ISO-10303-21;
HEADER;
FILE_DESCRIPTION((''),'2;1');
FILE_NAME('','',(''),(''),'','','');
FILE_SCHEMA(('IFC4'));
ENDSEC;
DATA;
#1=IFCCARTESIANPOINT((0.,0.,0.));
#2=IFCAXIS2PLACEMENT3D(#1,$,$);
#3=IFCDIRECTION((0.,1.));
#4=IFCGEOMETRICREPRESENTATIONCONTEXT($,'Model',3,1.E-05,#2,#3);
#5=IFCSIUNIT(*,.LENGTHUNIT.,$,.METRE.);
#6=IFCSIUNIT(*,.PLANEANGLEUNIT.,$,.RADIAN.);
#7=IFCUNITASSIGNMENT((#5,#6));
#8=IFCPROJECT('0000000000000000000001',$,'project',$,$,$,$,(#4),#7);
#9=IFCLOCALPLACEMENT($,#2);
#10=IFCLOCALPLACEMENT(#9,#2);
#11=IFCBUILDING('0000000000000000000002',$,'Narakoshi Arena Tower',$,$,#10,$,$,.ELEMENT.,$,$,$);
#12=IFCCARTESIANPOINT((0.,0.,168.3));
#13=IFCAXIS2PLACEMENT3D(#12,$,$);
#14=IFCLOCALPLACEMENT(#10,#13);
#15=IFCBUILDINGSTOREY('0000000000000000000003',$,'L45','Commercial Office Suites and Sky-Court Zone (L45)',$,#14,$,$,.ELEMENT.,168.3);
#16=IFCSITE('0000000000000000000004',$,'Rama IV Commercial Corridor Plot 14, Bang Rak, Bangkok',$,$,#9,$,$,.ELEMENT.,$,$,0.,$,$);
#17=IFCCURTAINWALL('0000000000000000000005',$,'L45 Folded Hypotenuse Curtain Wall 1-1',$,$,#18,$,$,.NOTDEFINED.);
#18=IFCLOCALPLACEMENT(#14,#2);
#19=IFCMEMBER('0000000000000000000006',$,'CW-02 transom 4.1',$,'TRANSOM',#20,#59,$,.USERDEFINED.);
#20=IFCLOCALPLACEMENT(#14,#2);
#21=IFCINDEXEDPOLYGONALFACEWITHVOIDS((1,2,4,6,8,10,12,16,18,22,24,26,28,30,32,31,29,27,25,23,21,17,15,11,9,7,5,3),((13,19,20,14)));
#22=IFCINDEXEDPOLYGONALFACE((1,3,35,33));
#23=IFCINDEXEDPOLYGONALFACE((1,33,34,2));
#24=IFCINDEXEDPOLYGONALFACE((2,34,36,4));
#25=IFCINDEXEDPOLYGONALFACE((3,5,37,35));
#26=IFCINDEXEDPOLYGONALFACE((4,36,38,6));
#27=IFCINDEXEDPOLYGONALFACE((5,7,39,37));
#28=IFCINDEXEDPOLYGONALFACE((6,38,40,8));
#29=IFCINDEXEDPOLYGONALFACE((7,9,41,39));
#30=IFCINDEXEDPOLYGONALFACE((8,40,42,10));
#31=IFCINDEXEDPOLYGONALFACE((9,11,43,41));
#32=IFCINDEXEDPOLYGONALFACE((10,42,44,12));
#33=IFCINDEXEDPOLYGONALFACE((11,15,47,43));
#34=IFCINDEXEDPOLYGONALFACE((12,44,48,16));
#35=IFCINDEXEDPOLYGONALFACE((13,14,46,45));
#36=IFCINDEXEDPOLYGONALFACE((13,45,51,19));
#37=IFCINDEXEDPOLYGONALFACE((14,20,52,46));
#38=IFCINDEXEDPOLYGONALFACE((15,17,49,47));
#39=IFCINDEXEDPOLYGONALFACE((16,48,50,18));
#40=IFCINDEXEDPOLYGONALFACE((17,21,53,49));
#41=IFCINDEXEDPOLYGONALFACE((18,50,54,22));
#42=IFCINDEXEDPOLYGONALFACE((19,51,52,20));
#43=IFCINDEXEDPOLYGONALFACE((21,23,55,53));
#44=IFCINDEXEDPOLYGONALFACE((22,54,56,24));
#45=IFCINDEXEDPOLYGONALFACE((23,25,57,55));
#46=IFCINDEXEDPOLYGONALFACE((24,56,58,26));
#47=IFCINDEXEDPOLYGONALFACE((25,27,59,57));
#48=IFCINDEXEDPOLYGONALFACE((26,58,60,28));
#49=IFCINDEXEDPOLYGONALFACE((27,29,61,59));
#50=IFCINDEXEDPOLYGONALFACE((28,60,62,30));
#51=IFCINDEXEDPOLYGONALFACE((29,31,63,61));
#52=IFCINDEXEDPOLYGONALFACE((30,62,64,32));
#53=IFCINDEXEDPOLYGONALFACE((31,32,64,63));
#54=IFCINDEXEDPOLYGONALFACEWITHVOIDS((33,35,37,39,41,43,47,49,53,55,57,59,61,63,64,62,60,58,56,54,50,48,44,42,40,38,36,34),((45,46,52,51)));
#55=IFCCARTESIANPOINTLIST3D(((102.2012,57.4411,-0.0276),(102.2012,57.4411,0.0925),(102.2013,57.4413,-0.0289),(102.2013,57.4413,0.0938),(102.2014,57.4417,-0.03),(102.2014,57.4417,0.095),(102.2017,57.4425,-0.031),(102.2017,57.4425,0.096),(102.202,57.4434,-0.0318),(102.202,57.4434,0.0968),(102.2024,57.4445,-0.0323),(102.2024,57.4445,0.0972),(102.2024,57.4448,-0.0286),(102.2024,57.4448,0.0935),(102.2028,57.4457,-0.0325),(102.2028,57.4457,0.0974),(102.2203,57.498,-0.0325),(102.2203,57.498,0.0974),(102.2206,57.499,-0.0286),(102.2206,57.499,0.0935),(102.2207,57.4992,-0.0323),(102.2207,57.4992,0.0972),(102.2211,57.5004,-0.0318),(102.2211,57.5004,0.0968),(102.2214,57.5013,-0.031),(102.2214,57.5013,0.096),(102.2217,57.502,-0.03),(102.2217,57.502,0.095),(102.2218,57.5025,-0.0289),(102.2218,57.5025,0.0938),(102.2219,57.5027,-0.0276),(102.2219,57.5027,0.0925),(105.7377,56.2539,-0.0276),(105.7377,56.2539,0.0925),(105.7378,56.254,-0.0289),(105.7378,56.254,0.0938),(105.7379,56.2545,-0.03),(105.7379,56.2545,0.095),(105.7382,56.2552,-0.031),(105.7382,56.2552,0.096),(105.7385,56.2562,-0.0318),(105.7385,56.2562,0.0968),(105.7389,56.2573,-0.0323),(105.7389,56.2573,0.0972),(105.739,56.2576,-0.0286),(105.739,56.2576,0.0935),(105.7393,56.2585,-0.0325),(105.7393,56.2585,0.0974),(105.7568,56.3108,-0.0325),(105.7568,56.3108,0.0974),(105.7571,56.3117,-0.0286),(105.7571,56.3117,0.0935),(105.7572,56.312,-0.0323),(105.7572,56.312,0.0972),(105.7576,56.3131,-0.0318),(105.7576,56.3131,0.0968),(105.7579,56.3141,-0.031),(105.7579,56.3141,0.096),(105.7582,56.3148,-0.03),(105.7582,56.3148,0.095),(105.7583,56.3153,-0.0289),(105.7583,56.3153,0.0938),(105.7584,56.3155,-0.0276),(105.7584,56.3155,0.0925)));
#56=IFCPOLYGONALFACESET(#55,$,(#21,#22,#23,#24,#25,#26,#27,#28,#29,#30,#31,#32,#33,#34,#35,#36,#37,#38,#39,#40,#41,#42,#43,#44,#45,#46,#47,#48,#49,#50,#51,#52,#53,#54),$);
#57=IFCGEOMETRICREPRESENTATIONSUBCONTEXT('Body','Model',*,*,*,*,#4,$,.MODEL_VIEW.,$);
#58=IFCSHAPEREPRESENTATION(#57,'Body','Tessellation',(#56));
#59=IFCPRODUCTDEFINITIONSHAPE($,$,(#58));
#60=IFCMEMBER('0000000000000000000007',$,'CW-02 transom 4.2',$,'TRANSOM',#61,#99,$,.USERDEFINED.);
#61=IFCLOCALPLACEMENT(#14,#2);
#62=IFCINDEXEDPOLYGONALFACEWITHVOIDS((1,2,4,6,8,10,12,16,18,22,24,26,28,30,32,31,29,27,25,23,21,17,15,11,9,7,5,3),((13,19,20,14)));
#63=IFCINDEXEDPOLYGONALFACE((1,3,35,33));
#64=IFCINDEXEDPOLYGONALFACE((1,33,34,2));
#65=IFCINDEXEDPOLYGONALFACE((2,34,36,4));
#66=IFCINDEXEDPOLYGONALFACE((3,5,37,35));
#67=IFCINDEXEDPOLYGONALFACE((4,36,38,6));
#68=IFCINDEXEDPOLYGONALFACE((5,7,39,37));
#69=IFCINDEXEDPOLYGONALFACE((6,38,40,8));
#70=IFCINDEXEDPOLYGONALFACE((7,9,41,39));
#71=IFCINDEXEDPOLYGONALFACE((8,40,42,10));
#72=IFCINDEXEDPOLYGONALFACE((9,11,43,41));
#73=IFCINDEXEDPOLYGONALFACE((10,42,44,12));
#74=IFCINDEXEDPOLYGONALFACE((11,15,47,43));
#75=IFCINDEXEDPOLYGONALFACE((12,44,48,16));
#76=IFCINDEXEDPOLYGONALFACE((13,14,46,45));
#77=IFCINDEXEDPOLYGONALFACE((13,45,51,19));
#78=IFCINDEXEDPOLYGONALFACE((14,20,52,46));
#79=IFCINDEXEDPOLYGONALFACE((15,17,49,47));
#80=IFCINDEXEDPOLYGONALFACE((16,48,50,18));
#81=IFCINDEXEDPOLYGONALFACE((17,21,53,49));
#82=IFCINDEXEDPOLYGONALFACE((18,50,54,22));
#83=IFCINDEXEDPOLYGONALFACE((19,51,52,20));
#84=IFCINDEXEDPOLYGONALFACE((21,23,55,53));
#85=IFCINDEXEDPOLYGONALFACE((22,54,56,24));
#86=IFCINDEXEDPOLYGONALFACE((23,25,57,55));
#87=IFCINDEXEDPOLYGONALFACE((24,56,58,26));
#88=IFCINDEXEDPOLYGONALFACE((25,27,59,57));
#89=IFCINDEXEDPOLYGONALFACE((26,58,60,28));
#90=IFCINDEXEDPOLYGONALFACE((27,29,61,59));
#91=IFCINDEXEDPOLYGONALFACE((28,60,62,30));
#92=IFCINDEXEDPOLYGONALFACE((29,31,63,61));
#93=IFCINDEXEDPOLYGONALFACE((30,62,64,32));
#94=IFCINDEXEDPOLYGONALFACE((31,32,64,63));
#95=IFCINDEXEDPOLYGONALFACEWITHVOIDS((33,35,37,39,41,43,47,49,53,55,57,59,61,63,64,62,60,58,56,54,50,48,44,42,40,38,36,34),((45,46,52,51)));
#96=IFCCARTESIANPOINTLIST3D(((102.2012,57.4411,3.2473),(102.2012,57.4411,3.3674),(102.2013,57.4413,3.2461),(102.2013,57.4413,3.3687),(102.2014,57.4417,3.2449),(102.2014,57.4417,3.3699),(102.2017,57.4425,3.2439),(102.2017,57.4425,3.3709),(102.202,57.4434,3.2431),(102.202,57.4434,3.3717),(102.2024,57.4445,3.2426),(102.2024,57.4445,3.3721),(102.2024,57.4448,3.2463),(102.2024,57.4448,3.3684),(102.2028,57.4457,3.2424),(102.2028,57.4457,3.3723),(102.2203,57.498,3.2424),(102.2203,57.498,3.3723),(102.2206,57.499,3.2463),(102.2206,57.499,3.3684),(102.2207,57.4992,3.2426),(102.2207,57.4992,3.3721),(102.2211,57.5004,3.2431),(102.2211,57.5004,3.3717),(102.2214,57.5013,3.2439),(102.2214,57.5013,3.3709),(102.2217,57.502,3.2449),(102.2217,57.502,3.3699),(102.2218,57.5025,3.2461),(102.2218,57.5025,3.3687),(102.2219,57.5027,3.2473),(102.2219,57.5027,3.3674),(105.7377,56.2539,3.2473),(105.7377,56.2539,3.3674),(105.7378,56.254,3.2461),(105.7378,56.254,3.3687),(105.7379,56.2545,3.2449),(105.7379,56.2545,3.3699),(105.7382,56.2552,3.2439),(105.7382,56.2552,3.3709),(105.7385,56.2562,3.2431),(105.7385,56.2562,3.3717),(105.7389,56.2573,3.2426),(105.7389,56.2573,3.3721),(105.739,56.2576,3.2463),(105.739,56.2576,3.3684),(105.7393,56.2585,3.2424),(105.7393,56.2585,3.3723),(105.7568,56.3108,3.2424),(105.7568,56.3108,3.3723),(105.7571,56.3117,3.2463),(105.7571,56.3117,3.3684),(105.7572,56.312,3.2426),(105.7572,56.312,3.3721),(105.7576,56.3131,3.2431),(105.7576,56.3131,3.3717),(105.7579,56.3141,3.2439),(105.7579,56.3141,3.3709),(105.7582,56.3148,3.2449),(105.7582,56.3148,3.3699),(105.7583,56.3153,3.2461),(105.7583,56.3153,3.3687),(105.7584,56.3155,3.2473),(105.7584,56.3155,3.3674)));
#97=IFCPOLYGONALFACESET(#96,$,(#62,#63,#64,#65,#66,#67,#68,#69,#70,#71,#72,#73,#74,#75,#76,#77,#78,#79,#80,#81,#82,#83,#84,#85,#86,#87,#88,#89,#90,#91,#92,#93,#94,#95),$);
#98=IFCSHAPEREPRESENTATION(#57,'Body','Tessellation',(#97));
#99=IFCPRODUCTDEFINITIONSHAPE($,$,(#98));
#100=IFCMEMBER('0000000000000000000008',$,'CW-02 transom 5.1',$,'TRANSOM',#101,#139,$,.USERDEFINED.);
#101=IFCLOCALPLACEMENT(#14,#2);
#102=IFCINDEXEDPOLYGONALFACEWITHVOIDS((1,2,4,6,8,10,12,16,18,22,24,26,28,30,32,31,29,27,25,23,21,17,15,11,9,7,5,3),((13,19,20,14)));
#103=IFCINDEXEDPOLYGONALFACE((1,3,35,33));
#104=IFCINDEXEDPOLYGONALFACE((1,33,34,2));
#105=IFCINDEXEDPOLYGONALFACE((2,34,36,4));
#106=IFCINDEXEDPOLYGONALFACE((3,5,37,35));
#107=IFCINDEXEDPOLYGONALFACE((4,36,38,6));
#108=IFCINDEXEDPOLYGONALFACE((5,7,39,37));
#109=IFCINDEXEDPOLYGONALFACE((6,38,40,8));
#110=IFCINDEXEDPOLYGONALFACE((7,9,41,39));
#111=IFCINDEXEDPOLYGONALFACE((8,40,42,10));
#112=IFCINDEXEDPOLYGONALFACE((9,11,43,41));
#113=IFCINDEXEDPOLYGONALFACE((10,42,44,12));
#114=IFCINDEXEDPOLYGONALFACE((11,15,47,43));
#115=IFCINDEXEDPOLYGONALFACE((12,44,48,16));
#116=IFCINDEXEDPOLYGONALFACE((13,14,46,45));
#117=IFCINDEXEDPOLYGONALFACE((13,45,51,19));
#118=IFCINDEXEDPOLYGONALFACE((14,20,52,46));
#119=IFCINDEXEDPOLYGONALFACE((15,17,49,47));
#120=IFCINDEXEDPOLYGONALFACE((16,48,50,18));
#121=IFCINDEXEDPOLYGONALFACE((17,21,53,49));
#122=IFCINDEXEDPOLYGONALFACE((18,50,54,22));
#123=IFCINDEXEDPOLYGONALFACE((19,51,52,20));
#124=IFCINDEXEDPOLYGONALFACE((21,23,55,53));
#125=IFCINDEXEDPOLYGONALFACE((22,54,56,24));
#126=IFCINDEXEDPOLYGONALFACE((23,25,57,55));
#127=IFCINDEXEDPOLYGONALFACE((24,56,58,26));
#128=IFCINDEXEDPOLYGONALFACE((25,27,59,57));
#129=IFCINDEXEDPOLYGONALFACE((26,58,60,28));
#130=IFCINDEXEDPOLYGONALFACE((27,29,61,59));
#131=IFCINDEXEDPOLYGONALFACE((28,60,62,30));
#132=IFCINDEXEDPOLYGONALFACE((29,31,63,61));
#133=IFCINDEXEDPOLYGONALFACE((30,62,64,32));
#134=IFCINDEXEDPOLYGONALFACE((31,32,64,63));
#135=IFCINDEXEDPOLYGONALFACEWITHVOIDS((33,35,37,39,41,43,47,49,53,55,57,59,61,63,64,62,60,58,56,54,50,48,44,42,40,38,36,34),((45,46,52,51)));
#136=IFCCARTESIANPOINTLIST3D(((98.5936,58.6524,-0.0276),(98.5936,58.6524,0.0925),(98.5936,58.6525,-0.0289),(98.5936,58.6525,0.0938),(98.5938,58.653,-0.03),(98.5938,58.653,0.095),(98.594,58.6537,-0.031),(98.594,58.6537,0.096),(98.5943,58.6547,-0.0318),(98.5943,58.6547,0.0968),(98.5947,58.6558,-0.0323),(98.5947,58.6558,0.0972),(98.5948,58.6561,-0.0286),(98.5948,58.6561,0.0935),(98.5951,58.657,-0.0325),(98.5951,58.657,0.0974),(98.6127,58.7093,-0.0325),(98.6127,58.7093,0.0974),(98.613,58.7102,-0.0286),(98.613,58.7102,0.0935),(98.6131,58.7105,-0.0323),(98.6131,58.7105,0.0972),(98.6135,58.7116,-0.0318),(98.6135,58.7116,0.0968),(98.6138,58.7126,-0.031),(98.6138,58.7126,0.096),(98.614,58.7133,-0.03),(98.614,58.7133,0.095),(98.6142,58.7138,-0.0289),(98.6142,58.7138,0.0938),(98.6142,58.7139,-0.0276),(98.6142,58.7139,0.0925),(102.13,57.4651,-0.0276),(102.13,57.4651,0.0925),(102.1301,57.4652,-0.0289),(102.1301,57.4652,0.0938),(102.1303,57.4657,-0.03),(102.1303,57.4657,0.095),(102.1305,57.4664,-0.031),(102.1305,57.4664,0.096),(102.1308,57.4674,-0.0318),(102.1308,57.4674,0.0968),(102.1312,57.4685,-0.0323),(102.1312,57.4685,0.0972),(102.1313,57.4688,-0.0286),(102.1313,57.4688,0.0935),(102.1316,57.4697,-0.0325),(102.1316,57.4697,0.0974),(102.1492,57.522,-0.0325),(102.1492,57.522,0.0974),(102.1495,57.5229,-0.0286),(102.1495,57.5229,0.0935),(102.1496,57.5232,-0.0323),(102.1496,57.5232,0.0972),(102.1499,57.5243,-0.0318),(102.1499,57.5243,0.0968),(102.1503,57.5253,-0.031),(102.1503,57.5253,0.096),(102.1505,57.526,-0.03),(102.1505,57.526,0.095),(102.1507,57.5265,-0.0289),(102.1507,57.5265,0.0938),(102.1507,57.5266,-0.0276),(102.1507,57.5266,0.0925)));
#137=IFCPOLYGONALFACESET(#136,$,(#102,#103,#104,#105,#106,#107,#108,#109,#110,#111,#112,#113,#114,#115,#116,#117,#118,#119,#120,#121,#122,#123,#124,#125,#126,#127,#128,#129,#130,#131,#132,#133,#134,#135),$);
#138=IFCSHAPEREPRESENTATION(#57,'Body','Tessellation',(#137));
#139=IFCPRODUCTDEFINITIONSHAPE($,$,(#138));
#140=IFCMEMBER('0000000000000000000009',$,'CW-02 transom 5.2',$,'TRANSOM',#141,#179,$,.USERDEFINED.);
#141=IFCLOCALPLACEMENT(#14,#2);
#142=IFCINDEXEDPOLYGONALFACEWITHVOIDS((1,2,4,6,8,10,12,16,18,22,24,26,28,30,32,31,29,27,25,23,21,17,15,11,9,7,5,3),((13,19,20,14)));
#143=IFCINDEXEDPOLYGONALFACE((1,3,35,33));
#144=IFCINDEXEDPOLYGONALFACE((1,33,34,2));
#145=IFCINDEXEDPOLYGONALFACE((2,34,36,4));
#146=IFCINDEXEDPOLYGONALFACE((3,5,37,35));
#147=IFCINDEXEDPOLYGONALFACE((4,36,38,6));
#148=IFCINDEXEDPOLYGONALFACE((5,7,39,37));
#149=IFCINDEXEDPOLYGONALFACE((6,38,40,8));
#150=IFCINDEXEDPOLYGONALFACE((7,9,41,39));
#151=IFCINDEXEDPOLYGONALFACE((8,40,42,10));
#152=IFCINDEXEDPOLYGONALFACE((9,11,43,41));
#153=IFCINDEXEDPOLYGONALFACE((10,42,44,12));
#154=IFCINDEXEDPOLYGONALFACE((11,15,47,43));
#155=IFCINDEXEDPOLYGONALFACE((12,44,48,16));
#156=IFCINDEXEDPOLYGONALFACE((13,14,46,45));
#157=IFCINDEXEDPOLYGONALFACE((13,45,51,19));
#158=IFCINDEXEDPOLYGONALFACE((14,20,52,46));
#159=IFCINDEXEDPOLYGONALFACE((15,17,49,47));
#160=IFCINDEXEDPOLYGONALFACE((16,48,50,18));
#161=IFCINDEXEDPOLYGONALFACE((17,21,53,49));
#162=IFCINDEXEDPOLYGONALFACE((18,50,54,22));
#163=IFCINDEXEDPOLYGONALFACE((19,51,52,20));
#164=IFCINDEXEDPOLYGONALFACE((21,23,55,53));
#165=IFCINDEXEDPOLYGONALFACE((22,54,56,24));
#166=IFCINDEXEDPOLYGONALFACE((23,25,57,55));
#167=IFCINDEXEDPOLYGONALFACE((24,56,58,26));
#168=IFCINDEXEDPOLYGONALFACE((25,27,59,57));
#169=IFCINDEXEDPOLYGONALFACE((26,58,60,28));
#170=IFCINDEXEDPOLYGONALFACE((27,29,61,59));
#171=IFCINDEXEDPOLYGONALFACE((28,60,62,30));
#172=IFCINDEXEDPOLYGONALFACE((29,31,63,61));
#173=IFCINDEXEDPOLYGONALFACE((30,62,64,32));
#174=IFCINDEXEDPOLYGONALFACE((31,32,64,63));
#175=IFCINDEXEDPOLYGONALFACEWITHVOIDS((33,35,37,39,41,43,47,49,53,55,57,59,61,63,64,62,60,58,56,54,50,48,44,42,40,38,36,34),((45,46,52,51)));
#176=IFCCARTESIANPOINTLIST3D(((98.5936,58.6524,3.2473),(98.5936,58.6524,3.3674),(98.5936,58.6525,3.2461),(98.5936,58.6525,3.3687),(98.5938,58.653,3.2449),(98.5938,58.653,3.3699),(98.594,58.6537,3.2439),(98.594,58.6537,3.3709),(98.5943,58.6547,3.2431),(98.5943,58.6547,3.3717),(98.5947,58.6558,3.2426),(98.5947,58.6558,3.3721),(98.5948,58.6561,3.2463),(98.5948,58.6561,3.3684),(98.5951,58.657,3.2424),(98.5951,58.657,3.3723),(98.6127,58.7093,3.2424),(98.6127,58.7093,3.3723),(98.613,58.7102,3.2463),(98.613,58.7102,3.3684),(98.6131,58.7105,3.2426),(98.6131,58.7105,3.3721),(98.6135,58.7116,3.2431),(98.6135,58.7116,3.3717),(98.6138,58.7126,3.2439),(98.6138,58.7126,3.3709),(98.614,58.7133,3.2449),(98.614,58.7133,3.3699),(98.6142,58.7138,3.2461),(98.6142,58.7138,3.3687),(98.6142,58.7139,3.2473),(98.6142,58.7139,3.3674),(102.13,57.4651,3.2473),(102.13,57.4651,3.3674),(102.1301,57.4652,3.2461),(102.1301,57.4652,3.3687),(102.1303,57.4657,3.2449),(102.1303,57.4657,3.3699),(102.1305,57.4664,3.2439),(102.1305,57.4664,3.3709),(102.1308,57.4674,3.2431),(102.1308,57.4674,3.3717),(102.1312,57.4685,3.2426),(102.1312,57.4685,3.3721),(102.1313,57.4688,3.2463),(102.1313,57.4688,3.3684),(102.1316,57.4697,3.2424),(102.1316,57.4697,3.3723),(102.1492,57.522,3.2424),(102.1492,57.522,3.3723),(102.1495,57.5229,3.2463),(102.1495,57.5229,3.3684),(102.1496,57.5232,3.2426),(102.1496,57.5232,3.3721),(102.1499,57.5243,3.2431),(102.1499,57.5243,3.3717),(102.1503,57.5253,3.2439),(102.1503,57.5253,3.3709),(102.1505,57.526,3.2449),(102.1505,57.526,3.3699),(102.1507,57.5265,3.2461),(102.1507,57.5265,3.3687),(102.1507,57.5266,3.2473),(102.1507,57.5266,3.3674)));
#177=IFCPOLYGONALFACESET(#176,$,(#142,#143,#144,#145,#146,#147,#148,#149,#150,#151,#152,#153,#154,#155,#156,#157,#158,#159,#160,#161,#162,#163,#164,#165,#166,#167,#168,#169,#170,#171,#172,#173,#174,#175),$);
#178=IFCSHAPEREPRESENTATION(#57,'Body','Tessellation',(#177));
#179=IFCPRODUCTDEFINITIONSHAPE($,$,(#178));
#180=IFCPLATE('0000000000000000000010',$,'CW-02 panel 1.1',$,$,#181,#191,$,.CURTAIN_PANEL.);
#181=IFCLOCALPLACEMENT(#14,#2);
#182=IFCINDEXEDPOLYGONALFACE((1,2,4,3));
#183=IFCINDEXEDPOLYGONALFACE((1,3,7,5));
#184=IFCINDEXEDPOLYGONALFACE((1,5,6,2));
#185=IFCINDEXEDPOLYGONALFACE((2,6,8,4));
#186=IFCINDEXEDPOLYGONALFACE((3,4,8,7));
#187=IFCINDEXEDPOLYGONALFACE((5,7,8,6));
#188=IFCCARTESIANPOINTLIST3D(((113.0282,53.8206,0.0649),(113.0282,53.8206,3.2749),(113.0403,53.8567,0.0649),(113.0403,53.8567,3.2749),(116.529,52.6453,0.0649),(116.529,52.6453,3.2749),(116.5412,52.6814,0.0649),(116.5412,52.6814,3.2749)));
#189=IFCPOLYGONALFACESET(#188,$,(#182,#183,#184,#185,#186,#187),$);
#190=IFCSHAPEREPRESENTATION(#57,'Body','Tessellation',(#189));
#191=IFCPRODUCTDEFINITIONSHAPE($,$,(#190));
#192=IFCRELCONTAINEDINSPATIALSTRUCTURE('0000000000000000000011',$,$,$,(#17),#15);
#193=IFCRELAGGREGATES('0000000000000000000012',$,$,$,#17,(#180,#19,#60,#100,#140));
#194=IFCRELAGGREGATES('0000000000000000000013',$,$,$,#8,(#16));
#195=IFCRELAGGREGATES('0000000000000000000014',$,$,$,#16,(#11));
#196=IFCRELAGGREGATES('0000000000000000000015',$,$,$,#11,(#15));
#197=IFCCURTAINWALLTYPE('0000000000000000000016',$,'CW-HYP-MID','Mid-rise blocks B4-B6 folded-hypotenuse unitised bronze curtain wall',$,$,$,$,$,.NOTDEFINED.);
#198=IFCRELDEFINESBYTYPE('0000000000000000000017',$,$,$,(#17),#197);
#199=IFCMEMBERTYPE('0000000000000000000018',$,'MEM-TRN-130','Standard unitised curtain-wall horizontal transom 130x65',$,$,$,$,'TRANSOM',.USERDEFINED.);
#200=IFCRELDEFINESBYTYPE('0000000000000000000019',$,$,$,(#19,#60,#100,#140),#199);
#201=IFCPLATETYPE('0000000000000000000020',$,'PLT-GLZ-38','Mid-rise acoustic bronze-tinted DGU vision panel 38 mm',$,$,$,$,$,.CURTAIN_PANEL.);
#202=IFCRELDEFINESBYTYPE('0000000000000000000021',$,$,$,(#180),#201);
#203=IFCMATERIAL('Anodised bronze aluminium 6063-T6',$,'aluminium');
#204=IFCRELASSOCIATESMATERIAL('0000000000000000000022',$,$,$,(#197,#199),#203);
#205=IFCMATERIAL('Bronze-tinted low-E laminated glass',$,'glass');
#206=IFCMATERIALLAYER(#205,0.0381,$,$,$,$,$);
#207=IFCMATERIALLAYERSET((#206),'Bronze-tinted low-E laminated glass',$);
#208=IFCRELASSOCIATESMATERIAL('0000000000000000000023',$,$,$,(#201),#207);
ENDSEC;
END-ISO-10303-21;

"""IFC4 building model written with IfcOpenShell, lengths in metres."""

from ifc_helpers import new_model, si_unit, direction, frame, origin, origin_2d, place, context, subcontext, project, spatial, rectangle, hollow_rectangle, extrude, material, layer, layer_set, material_profile, profile_set, type_object, element, aggregate, save


model = new_model("IFC4")

# Units and contexts
model_context = context("Model", 3, precision=1e-05, world=origin(), true_north=direction((0.0, 1.0)))
body_context = subcontext(model_context, "Body", "Model", "MODEL_VIEW")
ifc_project = project(units=[si_unit("LENGTHUNIT", "METRE"), si_unit("PLANEANGLEUNIT", "RADIAN")], contexts=[model_context])

# Site, building, storey
site_placement = place(None, origin())
site = spatial("IfcSite", under=ifc_project, at=site_placement, Name="Rama IV Commercial Corridor Plot 14, Bang Rak, Bangkok", CompositionType="ELEMENT", RefElevation=0.0)
building_placement = place(site_placement, origin())
building = spatial("IfcBuilding", under=site, at=building_placement, Name="Narakoshi Arena Tower", CompositionType="ELEMENT")
storey_placement = place(building_placement, frame((0.0, 0.0, 168.3)))
storey = spatial("IfcBuildingStorey", under=building, at=storey_placement, Name="L45", Description="Commercial Office Suites and Sky-Court Zone (L45)", CompositionType="ELEMENT", Elevation=168.3)

# Curtain wall, members, plate
ifc_material_1 = material(Name="Anodised bronze aluminium 6063-T6", Category="aluminium")
curtain_wall_type = type_object("IfcCurtainWallType", Name="CW-HYP-MID", Description="Mid-rise blocks B4-B6 folded-hypotenuse unitised bronze curtain wall", PredefinedType="NOTDEFINED", material=ifc_material_1)
curtain_wall_placement = place(storey_placement, origin())
curtain_wall = element("IfcCurtainWall", 1, at=curtain_wall_placement, inside=storey, type_object=curtain_wall_type, Name="L45 Folded Hypotenuse Curtain Wall 1-1", PredefinedType="NOTDEFINED")
ifc_material_profile_1 = material_profile(ifc_material_1, hollow_rectangle(XDim=0.0649, YDim=0.1299, WallThickness=0.0039, OuterFilletRadius=0.0049, at=origin_2d()), Name="TRN130x65x4")
ifc_profile_set_1 = profile_set([ifc_material_profile_1], Name="Anodised bronze aluminium 6063-T6")
member_type_1 = type_object("IfcMemberType", Name="MEM-TRN-130", Description="Standard unitised curtain-wall horizontal transom 130x65", ElementType="TRANSOM", PredefinedType="USERDEFINED", material=ifc_profile_set_1)
member_1_placement = place(storey_placement, frame((105.748, 56.2847, 0.0325), z_axis=(-0.948007, 0.318249, 0.0), x_axis=(-0.318249, -0.948007, 0.0)))
member_1 = element("IfcMember", 2, at=member_1_placement, type_object=member_type_1, Name="CW-02 transom 4.1", ObjectType="TRANSOM", PredefinedType="USERDEFINED", context=body_context, shape_type="SweptSolid", body=[
    extrude(hollow_rectangle(XDim=0.0649, YDim=0.1299, WallThickness=0.0039, OuterFilletRadius=0.0049, at=origin_2d()), origin(), (0.0, 0.0, 1.0), 3.7305),
])
member_2_placement = place(storey_placement, frame((105.748, 56.2847, 3.3074), z_axis=(-0.948007, 0.318249, 0.0), x_axis=(-0.318249, -0.948007, 0.0)))
member_2 = element("IfcMember", 3, at=member_2_placement, type_object=member_type_1, Name="CW-02 transom 4.2", ObjectType="TRANSOM", PredefinedType="USERDEFINED", context=body_context, shape_type="SweptSolid", body=[
    extrude(hollow_rectangle(XDim=0.0649, YDim=0.1299, WallThickness=0.0039, OuterFilletRadius=0.0049, at=origin_2d()), origin(), (0.0, 0.0, 1.0), 3.7305),
])
member_3_placement = place(storey_placement, frame((102.1404, 57.4958, 0.0325), z_axis=(-0.948, 0.318269, 0.0), x_axis=(-0.318269, -0.948, 0.0)))
member_3 = element("IfcMember", 4, at=member_3_placement, type_object=member_type_1, Name="CW-02 transom 5.1", ObjectType="TRANSOM", PredefinedType="USERDEFINED", context=body_context, shape_type="SweptSolid", body=[
    extrude(hollow_rectangle(XDim=0.0649, YDim=0.1299, WallThickness=0.0039, OuterFilletRadius=0.0049, at=origin_2d()), origin(), (0.0, 0.0, 1.0), 3.7305),
])
member_4_placement = place(storey_placement, frame((102.1404, 57.4958, 3.3074), z_axis=(-0.948, 0.318269, 0.0), x_axis=(-0.318269, -0.948, 0.0)))
member_4 = element("IfcMember", 5, at=member_4_placement, type_object=member_type_1, Name="CW-02 transom 5.2", ObjectType="TRANSOM", PredefinedType="USERDEFINED", context=body_context, shape_type="SweptSolid", body=[
    extrude(hollow_rectangle(XDim=0.0649, YDim=0.1299, WallThickness=0.0039, OuterFilletRadius=0.0049, at=origin_2d()), origin(), (0.0, 0.0, 1.0), 3.7305),
])
ifc_material_2 = material(Name="Bronze-tinted low-E laminated glass", Category="glass")
ifc_layer_1 = layer(ifc_material_2, 0.0381)
ifc_layer_set_1 = layer_set([ifc_layer_1], Name="Bronze-tinted low-E laminated glass")
plate_type = type_object("IfcPlateType", Name="PLT-GLZ-38", Description="Mid-rise acoustic bronze-tinted DGU vision panel 38 mm", PredefinedType="CURTAIN_PANEL", material=ifc_layer_set_1)
plate_1_placement = place(storey_placement, frame((114.7847, 53.251, 0.0649), z_axis=(0.0, 0.0, 1.0), x_axis=(-0.948003, 0.318261, 0.0)))
plate_1 = element("IfcPlate", 6, at=plate_1_placement, type_object=plate_type, Name="CW-02 panel 1.1", PredefinedType="CURTAIN_PANEL", context=body_context, shape_type="SweptSolid", body=[
    extrude(rectangle(XDim=3.6929, YDim=0.0381, at=origin_2d()), origin(), (0.0, 0.0, 1.0), 3.21),
])
aggregate(curtain_wall, [plate_1, member_1, member_2, member_3, member_4])

save(model, "model.ifc")
